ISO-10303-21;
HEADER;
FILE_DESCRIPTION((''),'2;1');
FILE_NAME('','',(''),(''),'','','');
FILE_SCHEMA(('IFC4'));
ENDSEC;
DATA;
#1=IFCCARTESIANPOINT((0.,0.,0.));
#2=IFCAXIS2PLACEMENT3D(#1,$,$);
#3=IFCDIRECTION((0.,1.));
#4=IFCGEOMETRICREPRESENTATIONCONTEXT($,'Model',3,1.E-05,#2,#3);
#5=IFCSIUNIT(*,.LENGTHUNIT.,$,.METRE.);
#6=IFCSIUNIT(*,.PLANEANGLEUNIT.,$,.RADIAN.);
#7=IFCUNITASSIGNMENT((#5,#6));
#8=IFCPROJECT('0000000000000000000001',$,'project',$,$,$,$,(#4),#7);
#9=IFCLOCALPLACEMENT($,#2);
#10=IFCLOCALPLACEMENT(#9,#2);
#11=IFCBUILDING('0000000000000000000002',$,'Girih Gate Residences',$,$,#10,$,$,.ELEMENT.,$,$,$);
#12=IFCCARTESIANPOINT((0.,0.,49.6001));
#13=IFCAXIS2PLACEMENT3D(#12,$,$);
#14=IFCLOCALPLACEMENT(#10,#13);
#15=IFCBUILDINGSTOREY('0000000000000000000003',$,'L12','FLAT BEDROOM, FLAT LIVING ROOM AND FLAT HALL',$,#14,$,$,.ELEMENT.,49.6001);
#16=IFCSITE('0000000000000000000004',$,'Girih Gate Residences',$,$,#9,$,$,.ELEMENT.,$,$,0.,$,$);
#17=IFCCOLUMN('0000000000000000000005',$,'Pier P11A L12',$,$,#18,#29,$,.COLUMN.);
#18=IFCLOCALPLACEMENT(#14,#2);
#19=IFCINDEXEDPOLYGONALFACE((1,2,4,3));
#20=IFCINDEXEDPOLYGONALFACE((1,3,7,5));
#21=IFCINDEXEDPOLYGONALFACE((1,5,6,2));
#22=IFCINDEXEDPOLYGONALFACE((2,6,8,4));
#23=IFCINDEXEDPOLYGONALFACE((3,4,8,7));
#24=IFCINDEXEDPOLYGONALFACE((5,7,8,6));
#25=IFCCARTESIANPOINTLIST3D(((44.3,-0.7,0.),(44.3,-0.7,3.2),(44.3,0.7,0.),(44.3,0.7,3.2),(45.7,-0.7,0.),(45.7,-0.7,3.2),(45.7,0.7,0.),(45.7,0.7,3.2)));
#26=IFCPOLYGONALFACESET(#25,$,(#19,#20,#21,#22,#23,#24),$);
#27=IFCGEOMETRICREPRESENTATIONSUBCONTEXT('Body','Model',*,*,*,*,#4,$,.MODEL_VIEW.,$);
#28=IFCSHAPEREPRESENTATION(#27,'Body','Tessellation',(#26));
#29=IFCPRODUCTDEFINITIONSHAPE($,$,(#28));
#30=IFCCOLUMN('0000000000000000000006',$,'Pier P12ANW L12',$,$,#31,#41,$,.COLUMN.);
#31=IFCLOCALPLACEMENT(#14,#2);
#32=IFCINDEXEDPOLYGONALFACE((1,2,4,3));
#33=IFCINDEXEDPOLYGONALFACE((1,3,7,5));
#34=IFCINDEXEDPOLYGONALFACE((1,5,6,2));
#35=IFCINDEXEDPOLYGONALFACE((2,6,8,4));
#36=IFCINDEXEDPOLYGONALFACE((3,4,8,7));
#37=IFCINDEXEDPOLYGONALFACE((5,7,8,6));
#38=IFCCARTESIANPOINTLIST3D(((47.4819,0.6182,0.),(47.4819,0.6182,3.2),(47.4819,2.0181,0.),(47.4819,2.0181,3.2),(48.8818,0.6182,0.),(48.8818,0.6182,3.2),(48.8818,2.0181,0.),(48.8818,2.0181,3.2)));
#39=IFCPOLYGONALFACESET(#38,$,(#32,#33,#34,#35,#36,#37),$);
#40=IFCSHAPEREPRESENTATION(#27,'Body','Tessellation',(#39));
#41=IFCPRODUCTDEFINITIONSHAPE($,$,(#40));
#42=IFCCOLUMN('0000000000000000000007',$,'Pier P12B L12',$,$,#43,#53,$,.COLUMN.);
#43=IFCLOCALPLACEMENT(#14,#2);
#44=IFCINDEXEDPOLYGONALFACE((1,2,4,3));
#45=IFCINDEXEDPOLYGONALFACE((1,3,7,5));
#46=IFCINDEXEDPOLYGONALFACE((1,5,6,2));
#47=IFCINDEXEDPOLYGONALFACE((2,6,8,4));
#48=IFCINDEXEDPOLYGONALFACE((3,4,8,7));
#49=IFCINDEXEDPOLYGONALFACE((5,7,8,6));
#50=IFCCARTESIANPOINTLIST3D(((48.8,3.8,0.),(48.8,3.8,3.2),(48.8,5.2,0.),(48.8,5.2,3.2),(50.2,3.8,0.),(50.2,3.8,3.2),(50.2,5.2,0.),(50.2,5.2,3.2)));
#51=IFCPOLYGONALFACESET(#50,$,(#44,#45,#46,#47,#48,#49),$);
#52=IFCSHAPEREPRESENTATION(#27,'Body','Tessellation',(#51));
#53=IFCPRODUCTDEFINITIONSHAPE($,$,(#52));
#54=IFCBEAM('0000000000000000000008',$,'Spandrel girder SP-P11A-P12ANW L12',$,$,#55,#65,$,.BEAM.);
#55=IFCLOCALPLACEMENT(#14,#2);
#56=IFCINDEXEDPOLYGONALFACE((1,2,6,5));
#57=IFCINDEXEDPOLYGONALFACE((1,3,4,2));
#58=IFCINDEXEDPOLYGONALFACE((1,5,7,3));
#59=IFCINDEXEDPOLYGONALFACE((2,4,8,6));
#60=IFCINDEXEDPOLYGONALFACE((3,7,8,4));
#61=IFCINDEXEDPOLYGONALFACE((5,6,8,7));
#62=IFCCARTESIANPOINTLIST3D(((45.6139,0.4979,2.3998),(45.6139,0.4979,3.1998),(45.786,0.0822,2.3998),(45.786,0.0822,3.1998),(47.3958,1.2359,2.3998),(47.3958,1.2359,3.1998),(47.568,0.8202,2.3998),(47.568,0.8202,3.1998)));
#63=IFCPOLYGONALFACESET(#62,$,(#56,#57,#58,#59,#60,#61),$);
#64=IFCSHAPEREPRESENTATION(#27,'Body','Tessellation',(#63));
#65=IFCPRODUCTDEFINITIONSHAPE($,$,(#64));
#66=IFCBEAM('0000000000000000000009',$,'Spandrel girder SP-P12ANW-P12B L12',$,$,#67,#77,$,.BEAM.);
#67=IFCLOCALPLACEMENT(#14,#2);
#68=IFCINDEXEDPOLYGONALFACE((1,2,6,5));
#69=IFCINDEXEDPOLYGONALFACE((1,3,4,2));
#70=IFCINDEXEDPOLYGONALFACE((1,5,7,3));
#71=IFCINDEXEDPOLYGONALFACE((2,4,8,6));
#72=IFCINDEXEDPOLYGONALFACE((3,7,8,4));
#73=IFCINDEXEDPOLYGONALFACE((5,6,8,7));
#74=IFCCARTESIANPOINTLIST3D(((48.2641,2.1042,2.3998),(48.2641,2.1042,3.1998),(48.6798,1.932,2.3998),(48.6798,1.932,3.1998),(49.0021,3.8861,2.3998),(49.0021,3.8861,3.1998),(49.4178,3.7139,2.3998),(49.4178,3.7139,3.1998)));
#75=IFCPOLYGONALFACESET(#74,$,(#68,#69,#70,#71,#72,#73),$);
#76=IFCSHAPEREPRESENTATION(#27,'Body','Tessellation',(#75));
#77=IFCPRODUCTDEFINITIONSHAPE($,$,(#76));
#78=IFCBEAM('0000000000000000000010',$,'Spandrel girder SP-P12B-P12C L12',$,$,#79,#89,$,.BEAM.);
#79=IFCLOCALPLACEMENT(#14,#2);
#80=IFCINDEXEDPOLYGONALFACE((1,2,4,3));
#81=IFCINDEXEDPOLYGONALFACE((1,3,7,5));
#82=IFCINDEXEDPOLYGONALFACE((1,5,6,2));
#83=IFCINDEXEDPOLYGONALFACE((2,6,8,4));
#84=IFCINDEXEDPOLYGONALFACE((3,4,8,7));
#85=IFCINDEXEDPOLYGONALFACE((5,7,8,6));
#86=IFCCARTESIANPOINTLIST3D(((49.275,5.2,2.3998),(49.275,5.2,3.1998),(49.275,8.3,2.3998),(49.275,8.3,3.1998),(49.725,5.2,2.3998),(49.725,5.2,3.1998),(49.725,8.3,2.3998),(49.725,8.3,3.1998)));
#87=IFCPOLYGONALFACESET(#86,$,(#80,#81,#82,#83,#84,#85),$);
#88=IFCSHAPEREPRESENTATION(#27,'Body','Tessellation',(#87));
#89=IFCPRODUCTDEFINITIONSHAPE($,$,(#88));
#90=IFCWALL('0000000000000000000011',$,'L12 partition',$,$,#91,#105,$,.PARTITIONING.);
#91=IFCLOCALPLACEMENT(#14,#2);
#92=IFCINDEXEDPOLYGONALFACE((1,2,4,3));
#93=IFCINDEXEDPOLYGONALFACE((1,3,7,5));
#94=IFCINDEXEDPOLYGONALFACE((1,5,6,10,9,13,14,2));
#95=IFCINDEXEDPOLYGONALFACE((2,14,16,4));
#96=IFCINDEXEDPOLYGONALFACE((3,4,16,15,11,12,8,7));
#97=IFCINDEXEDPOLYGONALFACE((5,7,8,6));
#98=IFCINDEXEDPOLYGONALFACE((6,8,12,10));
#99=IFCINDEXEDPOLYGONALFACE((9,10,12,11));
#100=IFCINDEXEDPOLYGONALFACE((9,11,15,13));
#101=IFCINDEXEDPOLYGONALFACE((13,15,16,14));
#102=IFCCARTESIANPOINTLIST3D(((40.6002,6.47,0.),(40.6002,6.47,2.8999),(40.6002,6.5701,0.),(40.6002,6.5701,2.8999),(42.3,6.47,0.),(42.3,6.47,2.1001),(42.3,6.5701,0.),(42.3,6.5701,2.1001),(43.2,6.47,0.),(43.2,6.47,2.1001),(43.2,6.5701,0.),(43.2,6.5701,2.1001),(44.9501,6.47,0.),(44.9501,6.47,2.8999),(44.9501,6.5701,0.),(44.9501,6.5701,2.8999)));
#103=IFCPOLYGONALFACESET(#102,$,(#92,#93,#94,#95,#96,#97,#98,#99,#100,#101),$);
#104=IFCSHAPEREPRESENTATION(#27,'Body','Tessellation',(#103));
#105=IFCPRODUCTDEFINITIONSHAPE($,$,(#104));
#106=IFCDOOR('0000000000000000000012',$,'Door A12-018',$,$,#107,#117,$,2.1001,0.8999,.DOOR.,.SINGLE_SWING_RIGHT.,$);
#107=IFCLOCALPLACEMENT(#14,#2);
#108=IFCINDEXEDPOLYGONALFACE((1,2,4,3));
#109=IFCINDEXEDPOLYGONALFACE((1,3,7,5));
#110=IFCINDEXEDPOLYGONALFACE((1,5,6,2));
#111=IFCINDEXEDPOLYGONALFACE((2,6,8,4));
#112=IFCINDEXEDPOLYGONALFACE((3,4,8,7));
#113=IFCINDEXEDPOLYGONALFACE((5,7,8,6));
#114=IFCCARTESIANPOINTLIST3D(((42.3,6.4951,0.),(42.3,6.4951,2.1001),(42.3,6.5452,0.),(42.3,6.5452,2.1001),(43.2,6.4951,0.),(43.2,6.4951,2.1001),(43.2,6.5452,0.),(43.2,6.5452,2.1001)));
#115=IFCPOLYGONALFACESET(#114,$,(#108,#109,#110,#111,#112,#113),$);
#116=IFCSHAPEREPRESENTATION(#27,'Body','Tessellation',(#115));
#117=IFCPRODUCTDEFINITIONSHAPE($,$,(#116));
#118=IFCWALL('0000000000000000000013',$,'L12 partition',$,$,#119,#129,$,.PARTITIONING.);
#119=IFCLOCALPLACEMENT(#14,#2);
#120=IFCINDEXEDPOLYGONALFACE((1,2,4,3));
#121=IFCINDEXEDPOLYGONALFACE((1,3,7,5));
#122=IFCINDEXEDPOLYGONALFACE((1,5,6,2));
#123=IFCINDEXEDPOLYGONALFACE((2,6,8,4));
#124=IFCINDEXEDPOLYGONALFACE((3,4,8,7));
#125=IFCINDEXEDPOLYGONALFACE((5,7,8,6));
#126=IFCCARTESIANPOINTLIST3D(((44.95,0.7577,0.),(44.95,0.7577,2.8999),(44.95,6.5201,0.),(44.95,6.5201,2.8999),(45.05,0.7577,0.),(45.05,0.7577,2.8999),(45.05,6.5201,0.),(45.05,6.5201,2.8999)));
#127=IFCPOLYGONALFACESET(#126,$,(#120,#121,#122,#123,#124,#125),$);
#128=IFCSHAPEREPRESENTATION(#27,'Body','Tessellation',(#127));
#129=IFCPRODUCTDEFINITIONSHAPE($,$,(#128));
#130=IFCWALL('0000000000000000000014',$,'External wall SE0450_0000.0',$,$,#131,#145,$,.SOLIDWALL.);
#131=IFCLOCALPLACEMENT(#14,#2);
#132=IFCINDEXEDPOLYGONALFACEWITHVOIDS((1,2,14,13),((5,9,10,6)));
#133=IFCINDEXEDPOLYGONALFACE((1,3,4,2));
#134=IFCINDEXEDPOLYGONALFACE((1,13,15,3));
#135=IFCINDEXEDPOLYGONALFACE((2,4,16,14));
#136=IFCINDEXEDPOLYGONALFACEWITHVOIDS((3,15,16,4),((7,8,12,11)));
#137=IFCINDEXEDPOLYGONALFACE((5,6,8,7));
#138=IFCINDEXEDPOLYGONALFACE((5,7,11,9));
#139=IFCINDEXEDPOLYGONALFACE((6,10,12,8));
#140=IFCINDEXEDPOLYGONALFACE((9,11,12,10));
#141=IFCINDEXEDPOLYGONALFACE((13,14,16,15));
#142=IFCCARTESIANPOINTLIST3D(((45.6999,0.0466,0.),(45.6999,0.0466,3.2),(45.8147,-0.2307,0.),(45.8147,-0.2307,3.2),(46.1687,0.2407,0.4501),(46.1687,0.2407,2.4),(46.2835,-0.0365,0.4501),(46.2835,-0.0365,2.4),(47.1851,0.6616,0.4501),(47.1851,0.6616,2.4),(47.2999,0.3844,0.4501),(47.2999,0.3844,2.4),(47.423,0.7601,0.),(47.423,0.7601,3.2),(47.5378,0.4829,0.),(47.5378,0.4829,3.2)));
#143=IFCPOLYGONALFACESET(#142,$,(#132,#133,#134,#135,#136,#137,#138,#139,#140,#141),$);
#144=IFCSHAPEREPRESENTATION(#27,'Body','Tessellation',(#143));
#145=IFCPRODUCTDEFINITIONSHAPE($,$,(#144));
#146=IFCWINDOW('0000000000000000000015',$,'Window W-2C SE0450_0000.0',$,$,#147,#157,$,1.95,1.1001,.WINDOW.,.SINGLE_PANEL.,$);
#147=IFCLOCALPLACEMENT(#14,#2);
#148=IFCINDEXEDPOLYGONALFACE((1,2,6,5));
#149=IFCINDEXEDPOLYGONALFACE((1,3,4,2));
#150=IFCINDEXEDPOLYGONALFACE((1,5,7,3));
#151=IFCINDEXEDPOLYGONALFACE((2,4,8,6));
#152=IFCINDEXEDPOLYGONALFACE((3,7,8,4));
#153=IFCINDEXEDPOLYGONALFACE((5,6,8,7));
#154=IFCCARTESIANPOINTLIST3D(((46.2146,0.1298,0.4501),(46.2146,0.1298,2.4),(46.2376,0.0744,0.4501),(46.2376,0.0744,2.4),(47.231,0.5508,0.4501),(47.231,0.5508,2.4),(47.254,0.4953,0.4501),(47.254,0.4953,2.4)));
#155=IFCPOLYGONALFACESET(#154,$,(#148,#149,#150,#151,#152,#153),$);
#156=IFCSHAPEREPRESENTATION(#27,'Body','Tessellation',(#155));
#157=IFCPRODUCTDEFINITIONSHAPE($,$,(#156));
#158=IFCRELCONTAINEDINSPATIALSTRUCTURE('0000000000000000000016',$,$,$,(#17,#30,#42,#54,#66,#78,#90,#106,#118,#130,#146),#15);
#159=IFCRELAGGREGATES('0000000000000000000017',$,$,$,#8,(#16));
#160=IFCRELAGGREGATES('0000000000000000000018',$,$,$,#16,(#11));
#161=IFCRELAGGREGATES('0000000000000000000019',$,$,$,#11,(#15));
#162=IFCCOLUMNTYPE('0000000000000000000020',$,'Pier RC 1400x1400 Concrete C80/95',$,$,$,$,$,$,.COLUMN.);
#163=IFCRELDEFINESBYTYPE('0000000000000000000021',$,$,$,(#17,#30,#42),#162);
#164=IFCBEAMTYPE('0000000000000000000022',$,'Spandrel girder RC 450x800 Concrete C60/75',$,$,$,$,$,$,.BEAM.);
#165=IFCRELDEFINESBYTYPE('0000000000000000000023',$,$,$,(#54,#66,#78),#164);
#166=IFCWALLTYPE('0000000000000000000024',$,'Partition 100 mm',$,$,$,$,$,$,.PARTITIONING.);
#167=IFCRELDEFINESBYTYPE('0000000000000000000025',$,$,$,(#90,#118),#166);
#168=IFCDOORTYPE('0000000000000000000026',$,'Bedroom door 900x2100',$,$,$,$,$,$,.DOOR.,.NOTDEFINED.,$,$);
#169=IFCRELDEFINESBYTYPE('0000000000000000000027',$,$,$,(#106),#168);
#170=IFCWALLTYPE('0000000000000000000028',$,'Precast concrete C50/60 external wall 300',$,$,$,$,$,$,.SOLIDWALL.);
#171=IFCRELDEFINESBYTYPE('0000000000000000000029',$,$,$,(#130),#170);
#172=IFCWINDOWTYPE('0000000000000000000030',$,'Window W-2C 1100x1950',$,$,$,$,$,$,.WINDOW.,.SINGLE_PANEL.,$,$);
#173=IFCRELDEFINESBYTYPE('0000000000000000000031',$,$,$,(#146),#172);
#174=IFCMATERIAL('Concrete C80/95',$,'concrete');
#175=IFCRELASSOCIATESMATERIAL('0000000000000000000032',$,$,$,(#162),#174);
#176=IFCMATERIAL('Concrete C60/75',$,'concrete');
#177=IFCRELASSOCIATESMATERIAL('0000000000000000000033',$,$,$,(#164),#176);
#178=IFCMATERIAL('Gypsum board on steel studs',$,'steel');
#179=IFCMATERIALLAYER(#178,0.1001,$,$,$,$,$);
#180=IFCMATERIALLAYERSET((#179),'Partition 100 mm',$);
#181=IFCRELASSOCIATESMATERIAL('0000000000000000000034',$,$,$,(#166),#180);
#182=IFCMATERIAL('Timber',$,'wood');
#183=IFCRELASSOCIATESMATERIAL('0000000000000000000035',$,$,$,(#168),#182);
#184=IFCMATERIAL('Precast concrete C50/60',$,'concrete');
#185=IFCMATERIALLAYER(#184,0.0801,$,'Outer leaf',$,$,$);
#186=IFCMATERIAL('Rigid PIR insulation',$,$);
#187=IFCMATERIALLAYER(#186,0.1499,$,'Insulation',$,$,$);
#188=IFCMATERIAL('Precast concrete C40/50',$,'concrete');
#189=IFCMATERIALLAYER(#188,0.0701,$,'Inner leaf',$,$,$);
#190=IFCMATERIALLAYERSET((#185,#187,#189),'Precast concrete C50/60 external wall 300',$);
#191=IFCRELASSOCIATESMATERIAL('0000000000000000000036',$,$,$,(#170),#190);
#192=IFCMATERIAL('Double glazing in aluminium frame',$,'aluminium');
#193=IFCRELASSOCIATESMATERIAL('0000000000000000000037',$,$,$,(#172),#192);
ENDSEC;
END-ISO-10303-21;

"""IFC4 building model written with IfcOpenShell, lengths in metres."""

from ifc_helpers import new_model, si_unit, direction, frame, frame_2d, origin, origin_2d, place, context, subcontext, project, spatial, rectangle, extrude, material, layer, layer_set, material_profile, profile_set, type_object, element, fill, save


model = new_model("IFC4")

# Units and contexts
model_context = context("Model", 3, precision=1e-05, world=origin(), true_north=direction((0.0, 1.0)))
body_context = subcontext(model_context, "Body", "Model", "MODEL_VIEW")
ifc_project = project(units=[si_unit("LENGTHUNIT", "METRE"), si_unit("PLANEANGLEUNIT", "RADIAN")], contexts=[model_context])

# Site, building, storey
site_placement = place(None, origin())
site = spatial("IfcSite", under=ifc_project, at=site_placement, Name="Girih Gate Residences", CompositionType="ELEMENT", RefElevation=0.0)
building_placement = place(site_placement, origin())
building = spatial("IfcBuilding", under=site, at=building_placement, Name="Girih Gate Residences", CompositionType="ELEMENT")
storey_placement = place(building_placement, frame((0.0, 0.0, 49.6001)))
storey = spatial("IfcBuildingStorey", under=building, at=storey_placement, Name="L12", Description="FLAT BEDROOM, FLAT LIVING ROOM AND FLAT HALL", CompositionType="ELEMENT", Elevation=49.6001)

# Columns
ifc_material_1 = material(Name="Concrete C80/95", Category="concrete")
ifc_material_profile_1 = material_profile(ifc_material_1, rectangle(XDim=1.3999, YDim=1.3999, at=origin_2d()))
ifc_profile_set_1 = profile_set([ifc_material_profile_1], Name="Concrete C80/95")
column_type = type_object("IfcColumnType", Name="Pier RC 1400x1400 Concrete C80/95", PredefinedType="COLUMN", material=ifc_profile_set_1)
for number, where, z_axis, x_axis, name in (
    (1, (45.0, 0.0, 0.0), (0.0, 0.0, 1.0), (1.0, 0.0, 0.0), "Pier P11A L12"),
    (2, (48.1819, 1.3181, 0.0), (0.0, 0.0, 1.0), (1.0, 0.0, 0.0), "Pier P12ANW L12"),
    (3, (49.5, 4.5, 0.0), (0.0, 0.0, 1.0), (1.0, 0.0, 0.0), "Pier P12B L12"),
):
    element("IfcColumn", number, at=place(storey_placement, frame(where, z_axis=z_axis, x_axis=x_axis)), inside=storey, type_object=column_type, Name=name, PredefinedType="COLUMN", context=body_context, shape_type="SweptSolid", body=[
        extrude(rectangle(XDim=1.3999, YDim=1.3999, at=origin_2d()), origin(), (0.0, 0.0, 1.0), 3.2),
    ])

# Beams
ifc_material_2 = material(Name="Concrete C60/75", Category="concrete")
ifc_material_profile_2 = material_profile(ifc_material_2, rectangle(XDim=0.45, YDim=0.8, at=origin_2d()))
ifc_profile_set_2 = profile_set([ifc_material_profile_2], Name="Concrete C60/75")
beam_type = type_object("IfcBeamType", Name="Spandrel girder RC 450x800 Concrete C60/75", PredefinedType="BEAM", material=ifc_profile_set_2)
for number, where, z_axis, x_axis, name in (
    (4, (45.7, 0.29, 2.7998), (0.923895, 0.382646, 0.0), (-0.382646, 0.923895, 0.0), "Spandrel girder SP-P11A-P12ANW L12"),
    (5, (48.4719, 2.0181, 2.7998), (0.382646, 0.923895, 0.0), (-0.923895, 0.382646, 0.0), "Spandrel girder SP-P12ANW-P12B L12"),
):
    element("IfcBeam", number, at=place(storey_placement, frame(where, z_axis=z_axis, x_axis=x_axis)), inside=storey, type_object=beam_type, Name=name, PredefinedType="BEAM", context=body_context, shape_type="SweptSolid", body=[
        extrude(rectangle(XDim=0.45, YDim=0.8, at=origin_2d()), origin(), (0.0, 0.0, 1.0), 1.9287),
    ])
beam_placement = place(storey_placement, frame((49.5, 5.2, 2.7998), z_axis=(0.0, 1.0, 0.0), x_axis=(-1.0, 0.0, 0.0)))
element("IfcBeam", 6, at=beam_placement, inside=storey, type_object=beam_type, Name="Spandrel girder SP-P12B-P12C L12", PredefinedType="BEAM", context=body_context, shape_type="SweptSolid", body=[
    extrude(rectangle(XDim=0.45, YDim=0.8, at=origin_2d()), origin(), (0.0, 0.0, 1.0), 3.1001),
])

# Wall, opening, door
ifc_material_3 = material(Name="Gypsum board on steel studs", Category="steel")
ifc_layer_1 = layer(ifc_material_3, 0.1001)
ifc_layer_set_1 = layer_set([ifc_layer_1], Name="Partition 100 mm")
wall_type_1 = type_object("IfcWallType", Name="Partition 100 mm", PredefinedType="PARTITIONING", material=ifc_layer_set_1)
wall_1_placement = place(storey_placement, frame((44.95, 6.52, 0.0), z_axis=(0.0, 0.0, 1.0), x_axis=(-1.0, 0.0, 0.0)))
wall_1 = element("IfcWall", 7, at=wall_1_placement, inside=storey, type_object=wall_type_1, Name="L12 partition", PredefinedType="PARTITIONING", context=body_context, shape_type="SweptSolid", body=[
    extrude(rectangle(XDim=4.3499, YDim=0.1001, at=frame_2d((2.1748, 0.0))), origin(), (0.0, 0.0, 1.0), 2.8999),
])
opening_1_placement = place(wall_1_placement, frame((1.75, 0.0, 0.0)))
opening_1 = element("IfcOpeningElement", 8, at=opening_1_placement, cuts=wall_1, PredefinedType="OPENING", context=body_context, shape_type="SweptSolid", body=[
    extrude(rectangle(XDim=0.8999, YDim=2.1001, at=frame_2d((0.45, 1.05))), frame((0.0, 0.0601, 0.0), z_axis=(0.0, -1.0, 0.0), x_axis=(1.0, 0.0, 0.0)), (0.0, 0.0, 1.0), 0.1201),
])
ifc_material_4 = material(Name="Timber", Category="wood")
door_type = type_object("IfcDoorType", Name="Bedroom door 900x2100", OperationType="NOTDEFINED", PredefinedType="DOOR", material=ifc_material_4)
door_placement = place(opening_1_placement, origin())
door = element("IfcDoor", 9, at=door_placement, inside=storey, type_object=door_type, Name="Door A12-018", OperationType="SINGLE_SWING_RIGHT", OverallHeight=2.1001, OverallWidth=0.8999, PredefinedType="DOOR", context=body_context, shape_type="SweptSolid", body=[
    extrude(rectangle(XDim=0.8999, YDim=2.1001, at=frame_2d((0.45, 1.05))), frame((0.0, 0.0249, 0.0), z_axis=(0.0, -1.0, 0.0), x_axis=(1.0, 0.0, 0.0)), (0.0, 0.0, 1.0), 0.05),
])
fill(opening_1, door)

# Wall
wall_2_placement = place(storey_placement, frame((45.0, 0.7576, 0.0), z_axis=(0.0, 0.0, 1.0), x_axis=(0.0, 1.0, 0.0)))
element("IfcWall", 10, at=wall_2_placement, inside=storey, type_object=wall_type_1, Name="L12 partition", PredefinedType="PARTITIONING", context=body_context, shape_type="SweptSolid", body=[
    extrude(rectangle(XDim=5.7625, YDim=0.1001, at=frame_2d((2.8813, 0.0))), origin(), (0.0, 0.0, 1.0), 2.8999),
])

# Wall, opening, window
ifc_material_5 = material(Name="Precast concrete C50/60", Category="concrete")
ifc_layer_2 = layer(ifc_material_5, 0.0801, Name="Outer leaf")
ifc_material_6 = material(Name="Rigid PIR insulation")
ifc_layer_3 = layer(ifc_material_6, 0.1499, Name="Insulation")
ifc_material_7 = material(Name="Precast concrete C40/50", Category="concrete")
ifc_layer_4 = layer(ifc_material_7, 0.0701, Name="Inner leaf")
ifc_layer_set_2 = layer_set([ifc_layer_2, ifc_layer_3, ifc_layer_4], Name="Precast concrete C50/60 external wall 300")
wall_type_2 = type_object("IfcWallType", Name="Precast concrete C50/60 external wall 300", PredefinedType="SOLIDWALL", material=ifc_layer_set_2)
wall_3_placement = place(storey_placement, frame((47.4805, 0.6216, 0.0), z_axis=(0.0, 0.0, 1.0), x_axis=(-0.923904, -0.382625, 0.0)))
wall_3 = element("IfcWall", 11, at=wall_3_placement, inside=storey, type_object=wall_type_2, Name="External wall SE0450_0000.0", PredefinedType="SOLIDWALL", context=body_context, shape_type="SweptSolid", body=[
    extrude(rectangle(XDim=1.865, YDim=0.3, at=frame_2d((0.9326, 0.0))), origin(), (0.0, 0.0, 1.0), 3.2),
])
opening_2_placement = place(wall_3_placement, frame((0.2576, 0.0, 0.45)))
opening_2 = element("IfcOpeningElement", 12, at=opening_2_placement, cuts=wall_3, PredefinedType="OPENING", context=body_context, shape_type="SweptSolid", body=[
    extrude(rectangle(XDim=1.1001, YDim=1.95, at=frame_2d((0.55, 0.9751))), frame((0.0, 0.1599, 0.0), z_axis=(0.0, -1.0, 0.0), x_axis=(1.0, 0.0, 0.0)), (0.0, 0.0, 1.0), 0.3201),
])
ifc_material_8 = material(Name="Double glazing in aluminium frame", Category="aluminium")
window_type_1 = type_object("IfcWindowType", Name="Window W-2C 1100x1950", PartitioningType="SINGLE_PANEL", PredefinedType="WINDOW", material=ifc_material_8)
window_1_placement = place(opening_2_placement, origin())
window_1 = element("IfcWindow", 13, at=window_1_placement, inside=storey, type_object=window_type_1, Name="Window W-2C SE0450_0000.0", OverallHeight=1.95, OverallWidth=1.1001, PartitioningType="SINGLE_PANEL", PredefinedType="WINDOW", context=body_context, shape_type="SweptSolid", body=[
    extrude(rectangle(XDim=1.1001, YDim=1.95, at=frame_2d((0.55, 0.9751))), frame((0.0, 0.03, 0.0), z_axis=(0.0, -1.0, 0.0), x_axis=(1.0, 0.0, 0.0)), (0.0, 0.0, 1.0), 0.0601),
])
fill(opening_2, window_1)

save(model, "model.ifc")
